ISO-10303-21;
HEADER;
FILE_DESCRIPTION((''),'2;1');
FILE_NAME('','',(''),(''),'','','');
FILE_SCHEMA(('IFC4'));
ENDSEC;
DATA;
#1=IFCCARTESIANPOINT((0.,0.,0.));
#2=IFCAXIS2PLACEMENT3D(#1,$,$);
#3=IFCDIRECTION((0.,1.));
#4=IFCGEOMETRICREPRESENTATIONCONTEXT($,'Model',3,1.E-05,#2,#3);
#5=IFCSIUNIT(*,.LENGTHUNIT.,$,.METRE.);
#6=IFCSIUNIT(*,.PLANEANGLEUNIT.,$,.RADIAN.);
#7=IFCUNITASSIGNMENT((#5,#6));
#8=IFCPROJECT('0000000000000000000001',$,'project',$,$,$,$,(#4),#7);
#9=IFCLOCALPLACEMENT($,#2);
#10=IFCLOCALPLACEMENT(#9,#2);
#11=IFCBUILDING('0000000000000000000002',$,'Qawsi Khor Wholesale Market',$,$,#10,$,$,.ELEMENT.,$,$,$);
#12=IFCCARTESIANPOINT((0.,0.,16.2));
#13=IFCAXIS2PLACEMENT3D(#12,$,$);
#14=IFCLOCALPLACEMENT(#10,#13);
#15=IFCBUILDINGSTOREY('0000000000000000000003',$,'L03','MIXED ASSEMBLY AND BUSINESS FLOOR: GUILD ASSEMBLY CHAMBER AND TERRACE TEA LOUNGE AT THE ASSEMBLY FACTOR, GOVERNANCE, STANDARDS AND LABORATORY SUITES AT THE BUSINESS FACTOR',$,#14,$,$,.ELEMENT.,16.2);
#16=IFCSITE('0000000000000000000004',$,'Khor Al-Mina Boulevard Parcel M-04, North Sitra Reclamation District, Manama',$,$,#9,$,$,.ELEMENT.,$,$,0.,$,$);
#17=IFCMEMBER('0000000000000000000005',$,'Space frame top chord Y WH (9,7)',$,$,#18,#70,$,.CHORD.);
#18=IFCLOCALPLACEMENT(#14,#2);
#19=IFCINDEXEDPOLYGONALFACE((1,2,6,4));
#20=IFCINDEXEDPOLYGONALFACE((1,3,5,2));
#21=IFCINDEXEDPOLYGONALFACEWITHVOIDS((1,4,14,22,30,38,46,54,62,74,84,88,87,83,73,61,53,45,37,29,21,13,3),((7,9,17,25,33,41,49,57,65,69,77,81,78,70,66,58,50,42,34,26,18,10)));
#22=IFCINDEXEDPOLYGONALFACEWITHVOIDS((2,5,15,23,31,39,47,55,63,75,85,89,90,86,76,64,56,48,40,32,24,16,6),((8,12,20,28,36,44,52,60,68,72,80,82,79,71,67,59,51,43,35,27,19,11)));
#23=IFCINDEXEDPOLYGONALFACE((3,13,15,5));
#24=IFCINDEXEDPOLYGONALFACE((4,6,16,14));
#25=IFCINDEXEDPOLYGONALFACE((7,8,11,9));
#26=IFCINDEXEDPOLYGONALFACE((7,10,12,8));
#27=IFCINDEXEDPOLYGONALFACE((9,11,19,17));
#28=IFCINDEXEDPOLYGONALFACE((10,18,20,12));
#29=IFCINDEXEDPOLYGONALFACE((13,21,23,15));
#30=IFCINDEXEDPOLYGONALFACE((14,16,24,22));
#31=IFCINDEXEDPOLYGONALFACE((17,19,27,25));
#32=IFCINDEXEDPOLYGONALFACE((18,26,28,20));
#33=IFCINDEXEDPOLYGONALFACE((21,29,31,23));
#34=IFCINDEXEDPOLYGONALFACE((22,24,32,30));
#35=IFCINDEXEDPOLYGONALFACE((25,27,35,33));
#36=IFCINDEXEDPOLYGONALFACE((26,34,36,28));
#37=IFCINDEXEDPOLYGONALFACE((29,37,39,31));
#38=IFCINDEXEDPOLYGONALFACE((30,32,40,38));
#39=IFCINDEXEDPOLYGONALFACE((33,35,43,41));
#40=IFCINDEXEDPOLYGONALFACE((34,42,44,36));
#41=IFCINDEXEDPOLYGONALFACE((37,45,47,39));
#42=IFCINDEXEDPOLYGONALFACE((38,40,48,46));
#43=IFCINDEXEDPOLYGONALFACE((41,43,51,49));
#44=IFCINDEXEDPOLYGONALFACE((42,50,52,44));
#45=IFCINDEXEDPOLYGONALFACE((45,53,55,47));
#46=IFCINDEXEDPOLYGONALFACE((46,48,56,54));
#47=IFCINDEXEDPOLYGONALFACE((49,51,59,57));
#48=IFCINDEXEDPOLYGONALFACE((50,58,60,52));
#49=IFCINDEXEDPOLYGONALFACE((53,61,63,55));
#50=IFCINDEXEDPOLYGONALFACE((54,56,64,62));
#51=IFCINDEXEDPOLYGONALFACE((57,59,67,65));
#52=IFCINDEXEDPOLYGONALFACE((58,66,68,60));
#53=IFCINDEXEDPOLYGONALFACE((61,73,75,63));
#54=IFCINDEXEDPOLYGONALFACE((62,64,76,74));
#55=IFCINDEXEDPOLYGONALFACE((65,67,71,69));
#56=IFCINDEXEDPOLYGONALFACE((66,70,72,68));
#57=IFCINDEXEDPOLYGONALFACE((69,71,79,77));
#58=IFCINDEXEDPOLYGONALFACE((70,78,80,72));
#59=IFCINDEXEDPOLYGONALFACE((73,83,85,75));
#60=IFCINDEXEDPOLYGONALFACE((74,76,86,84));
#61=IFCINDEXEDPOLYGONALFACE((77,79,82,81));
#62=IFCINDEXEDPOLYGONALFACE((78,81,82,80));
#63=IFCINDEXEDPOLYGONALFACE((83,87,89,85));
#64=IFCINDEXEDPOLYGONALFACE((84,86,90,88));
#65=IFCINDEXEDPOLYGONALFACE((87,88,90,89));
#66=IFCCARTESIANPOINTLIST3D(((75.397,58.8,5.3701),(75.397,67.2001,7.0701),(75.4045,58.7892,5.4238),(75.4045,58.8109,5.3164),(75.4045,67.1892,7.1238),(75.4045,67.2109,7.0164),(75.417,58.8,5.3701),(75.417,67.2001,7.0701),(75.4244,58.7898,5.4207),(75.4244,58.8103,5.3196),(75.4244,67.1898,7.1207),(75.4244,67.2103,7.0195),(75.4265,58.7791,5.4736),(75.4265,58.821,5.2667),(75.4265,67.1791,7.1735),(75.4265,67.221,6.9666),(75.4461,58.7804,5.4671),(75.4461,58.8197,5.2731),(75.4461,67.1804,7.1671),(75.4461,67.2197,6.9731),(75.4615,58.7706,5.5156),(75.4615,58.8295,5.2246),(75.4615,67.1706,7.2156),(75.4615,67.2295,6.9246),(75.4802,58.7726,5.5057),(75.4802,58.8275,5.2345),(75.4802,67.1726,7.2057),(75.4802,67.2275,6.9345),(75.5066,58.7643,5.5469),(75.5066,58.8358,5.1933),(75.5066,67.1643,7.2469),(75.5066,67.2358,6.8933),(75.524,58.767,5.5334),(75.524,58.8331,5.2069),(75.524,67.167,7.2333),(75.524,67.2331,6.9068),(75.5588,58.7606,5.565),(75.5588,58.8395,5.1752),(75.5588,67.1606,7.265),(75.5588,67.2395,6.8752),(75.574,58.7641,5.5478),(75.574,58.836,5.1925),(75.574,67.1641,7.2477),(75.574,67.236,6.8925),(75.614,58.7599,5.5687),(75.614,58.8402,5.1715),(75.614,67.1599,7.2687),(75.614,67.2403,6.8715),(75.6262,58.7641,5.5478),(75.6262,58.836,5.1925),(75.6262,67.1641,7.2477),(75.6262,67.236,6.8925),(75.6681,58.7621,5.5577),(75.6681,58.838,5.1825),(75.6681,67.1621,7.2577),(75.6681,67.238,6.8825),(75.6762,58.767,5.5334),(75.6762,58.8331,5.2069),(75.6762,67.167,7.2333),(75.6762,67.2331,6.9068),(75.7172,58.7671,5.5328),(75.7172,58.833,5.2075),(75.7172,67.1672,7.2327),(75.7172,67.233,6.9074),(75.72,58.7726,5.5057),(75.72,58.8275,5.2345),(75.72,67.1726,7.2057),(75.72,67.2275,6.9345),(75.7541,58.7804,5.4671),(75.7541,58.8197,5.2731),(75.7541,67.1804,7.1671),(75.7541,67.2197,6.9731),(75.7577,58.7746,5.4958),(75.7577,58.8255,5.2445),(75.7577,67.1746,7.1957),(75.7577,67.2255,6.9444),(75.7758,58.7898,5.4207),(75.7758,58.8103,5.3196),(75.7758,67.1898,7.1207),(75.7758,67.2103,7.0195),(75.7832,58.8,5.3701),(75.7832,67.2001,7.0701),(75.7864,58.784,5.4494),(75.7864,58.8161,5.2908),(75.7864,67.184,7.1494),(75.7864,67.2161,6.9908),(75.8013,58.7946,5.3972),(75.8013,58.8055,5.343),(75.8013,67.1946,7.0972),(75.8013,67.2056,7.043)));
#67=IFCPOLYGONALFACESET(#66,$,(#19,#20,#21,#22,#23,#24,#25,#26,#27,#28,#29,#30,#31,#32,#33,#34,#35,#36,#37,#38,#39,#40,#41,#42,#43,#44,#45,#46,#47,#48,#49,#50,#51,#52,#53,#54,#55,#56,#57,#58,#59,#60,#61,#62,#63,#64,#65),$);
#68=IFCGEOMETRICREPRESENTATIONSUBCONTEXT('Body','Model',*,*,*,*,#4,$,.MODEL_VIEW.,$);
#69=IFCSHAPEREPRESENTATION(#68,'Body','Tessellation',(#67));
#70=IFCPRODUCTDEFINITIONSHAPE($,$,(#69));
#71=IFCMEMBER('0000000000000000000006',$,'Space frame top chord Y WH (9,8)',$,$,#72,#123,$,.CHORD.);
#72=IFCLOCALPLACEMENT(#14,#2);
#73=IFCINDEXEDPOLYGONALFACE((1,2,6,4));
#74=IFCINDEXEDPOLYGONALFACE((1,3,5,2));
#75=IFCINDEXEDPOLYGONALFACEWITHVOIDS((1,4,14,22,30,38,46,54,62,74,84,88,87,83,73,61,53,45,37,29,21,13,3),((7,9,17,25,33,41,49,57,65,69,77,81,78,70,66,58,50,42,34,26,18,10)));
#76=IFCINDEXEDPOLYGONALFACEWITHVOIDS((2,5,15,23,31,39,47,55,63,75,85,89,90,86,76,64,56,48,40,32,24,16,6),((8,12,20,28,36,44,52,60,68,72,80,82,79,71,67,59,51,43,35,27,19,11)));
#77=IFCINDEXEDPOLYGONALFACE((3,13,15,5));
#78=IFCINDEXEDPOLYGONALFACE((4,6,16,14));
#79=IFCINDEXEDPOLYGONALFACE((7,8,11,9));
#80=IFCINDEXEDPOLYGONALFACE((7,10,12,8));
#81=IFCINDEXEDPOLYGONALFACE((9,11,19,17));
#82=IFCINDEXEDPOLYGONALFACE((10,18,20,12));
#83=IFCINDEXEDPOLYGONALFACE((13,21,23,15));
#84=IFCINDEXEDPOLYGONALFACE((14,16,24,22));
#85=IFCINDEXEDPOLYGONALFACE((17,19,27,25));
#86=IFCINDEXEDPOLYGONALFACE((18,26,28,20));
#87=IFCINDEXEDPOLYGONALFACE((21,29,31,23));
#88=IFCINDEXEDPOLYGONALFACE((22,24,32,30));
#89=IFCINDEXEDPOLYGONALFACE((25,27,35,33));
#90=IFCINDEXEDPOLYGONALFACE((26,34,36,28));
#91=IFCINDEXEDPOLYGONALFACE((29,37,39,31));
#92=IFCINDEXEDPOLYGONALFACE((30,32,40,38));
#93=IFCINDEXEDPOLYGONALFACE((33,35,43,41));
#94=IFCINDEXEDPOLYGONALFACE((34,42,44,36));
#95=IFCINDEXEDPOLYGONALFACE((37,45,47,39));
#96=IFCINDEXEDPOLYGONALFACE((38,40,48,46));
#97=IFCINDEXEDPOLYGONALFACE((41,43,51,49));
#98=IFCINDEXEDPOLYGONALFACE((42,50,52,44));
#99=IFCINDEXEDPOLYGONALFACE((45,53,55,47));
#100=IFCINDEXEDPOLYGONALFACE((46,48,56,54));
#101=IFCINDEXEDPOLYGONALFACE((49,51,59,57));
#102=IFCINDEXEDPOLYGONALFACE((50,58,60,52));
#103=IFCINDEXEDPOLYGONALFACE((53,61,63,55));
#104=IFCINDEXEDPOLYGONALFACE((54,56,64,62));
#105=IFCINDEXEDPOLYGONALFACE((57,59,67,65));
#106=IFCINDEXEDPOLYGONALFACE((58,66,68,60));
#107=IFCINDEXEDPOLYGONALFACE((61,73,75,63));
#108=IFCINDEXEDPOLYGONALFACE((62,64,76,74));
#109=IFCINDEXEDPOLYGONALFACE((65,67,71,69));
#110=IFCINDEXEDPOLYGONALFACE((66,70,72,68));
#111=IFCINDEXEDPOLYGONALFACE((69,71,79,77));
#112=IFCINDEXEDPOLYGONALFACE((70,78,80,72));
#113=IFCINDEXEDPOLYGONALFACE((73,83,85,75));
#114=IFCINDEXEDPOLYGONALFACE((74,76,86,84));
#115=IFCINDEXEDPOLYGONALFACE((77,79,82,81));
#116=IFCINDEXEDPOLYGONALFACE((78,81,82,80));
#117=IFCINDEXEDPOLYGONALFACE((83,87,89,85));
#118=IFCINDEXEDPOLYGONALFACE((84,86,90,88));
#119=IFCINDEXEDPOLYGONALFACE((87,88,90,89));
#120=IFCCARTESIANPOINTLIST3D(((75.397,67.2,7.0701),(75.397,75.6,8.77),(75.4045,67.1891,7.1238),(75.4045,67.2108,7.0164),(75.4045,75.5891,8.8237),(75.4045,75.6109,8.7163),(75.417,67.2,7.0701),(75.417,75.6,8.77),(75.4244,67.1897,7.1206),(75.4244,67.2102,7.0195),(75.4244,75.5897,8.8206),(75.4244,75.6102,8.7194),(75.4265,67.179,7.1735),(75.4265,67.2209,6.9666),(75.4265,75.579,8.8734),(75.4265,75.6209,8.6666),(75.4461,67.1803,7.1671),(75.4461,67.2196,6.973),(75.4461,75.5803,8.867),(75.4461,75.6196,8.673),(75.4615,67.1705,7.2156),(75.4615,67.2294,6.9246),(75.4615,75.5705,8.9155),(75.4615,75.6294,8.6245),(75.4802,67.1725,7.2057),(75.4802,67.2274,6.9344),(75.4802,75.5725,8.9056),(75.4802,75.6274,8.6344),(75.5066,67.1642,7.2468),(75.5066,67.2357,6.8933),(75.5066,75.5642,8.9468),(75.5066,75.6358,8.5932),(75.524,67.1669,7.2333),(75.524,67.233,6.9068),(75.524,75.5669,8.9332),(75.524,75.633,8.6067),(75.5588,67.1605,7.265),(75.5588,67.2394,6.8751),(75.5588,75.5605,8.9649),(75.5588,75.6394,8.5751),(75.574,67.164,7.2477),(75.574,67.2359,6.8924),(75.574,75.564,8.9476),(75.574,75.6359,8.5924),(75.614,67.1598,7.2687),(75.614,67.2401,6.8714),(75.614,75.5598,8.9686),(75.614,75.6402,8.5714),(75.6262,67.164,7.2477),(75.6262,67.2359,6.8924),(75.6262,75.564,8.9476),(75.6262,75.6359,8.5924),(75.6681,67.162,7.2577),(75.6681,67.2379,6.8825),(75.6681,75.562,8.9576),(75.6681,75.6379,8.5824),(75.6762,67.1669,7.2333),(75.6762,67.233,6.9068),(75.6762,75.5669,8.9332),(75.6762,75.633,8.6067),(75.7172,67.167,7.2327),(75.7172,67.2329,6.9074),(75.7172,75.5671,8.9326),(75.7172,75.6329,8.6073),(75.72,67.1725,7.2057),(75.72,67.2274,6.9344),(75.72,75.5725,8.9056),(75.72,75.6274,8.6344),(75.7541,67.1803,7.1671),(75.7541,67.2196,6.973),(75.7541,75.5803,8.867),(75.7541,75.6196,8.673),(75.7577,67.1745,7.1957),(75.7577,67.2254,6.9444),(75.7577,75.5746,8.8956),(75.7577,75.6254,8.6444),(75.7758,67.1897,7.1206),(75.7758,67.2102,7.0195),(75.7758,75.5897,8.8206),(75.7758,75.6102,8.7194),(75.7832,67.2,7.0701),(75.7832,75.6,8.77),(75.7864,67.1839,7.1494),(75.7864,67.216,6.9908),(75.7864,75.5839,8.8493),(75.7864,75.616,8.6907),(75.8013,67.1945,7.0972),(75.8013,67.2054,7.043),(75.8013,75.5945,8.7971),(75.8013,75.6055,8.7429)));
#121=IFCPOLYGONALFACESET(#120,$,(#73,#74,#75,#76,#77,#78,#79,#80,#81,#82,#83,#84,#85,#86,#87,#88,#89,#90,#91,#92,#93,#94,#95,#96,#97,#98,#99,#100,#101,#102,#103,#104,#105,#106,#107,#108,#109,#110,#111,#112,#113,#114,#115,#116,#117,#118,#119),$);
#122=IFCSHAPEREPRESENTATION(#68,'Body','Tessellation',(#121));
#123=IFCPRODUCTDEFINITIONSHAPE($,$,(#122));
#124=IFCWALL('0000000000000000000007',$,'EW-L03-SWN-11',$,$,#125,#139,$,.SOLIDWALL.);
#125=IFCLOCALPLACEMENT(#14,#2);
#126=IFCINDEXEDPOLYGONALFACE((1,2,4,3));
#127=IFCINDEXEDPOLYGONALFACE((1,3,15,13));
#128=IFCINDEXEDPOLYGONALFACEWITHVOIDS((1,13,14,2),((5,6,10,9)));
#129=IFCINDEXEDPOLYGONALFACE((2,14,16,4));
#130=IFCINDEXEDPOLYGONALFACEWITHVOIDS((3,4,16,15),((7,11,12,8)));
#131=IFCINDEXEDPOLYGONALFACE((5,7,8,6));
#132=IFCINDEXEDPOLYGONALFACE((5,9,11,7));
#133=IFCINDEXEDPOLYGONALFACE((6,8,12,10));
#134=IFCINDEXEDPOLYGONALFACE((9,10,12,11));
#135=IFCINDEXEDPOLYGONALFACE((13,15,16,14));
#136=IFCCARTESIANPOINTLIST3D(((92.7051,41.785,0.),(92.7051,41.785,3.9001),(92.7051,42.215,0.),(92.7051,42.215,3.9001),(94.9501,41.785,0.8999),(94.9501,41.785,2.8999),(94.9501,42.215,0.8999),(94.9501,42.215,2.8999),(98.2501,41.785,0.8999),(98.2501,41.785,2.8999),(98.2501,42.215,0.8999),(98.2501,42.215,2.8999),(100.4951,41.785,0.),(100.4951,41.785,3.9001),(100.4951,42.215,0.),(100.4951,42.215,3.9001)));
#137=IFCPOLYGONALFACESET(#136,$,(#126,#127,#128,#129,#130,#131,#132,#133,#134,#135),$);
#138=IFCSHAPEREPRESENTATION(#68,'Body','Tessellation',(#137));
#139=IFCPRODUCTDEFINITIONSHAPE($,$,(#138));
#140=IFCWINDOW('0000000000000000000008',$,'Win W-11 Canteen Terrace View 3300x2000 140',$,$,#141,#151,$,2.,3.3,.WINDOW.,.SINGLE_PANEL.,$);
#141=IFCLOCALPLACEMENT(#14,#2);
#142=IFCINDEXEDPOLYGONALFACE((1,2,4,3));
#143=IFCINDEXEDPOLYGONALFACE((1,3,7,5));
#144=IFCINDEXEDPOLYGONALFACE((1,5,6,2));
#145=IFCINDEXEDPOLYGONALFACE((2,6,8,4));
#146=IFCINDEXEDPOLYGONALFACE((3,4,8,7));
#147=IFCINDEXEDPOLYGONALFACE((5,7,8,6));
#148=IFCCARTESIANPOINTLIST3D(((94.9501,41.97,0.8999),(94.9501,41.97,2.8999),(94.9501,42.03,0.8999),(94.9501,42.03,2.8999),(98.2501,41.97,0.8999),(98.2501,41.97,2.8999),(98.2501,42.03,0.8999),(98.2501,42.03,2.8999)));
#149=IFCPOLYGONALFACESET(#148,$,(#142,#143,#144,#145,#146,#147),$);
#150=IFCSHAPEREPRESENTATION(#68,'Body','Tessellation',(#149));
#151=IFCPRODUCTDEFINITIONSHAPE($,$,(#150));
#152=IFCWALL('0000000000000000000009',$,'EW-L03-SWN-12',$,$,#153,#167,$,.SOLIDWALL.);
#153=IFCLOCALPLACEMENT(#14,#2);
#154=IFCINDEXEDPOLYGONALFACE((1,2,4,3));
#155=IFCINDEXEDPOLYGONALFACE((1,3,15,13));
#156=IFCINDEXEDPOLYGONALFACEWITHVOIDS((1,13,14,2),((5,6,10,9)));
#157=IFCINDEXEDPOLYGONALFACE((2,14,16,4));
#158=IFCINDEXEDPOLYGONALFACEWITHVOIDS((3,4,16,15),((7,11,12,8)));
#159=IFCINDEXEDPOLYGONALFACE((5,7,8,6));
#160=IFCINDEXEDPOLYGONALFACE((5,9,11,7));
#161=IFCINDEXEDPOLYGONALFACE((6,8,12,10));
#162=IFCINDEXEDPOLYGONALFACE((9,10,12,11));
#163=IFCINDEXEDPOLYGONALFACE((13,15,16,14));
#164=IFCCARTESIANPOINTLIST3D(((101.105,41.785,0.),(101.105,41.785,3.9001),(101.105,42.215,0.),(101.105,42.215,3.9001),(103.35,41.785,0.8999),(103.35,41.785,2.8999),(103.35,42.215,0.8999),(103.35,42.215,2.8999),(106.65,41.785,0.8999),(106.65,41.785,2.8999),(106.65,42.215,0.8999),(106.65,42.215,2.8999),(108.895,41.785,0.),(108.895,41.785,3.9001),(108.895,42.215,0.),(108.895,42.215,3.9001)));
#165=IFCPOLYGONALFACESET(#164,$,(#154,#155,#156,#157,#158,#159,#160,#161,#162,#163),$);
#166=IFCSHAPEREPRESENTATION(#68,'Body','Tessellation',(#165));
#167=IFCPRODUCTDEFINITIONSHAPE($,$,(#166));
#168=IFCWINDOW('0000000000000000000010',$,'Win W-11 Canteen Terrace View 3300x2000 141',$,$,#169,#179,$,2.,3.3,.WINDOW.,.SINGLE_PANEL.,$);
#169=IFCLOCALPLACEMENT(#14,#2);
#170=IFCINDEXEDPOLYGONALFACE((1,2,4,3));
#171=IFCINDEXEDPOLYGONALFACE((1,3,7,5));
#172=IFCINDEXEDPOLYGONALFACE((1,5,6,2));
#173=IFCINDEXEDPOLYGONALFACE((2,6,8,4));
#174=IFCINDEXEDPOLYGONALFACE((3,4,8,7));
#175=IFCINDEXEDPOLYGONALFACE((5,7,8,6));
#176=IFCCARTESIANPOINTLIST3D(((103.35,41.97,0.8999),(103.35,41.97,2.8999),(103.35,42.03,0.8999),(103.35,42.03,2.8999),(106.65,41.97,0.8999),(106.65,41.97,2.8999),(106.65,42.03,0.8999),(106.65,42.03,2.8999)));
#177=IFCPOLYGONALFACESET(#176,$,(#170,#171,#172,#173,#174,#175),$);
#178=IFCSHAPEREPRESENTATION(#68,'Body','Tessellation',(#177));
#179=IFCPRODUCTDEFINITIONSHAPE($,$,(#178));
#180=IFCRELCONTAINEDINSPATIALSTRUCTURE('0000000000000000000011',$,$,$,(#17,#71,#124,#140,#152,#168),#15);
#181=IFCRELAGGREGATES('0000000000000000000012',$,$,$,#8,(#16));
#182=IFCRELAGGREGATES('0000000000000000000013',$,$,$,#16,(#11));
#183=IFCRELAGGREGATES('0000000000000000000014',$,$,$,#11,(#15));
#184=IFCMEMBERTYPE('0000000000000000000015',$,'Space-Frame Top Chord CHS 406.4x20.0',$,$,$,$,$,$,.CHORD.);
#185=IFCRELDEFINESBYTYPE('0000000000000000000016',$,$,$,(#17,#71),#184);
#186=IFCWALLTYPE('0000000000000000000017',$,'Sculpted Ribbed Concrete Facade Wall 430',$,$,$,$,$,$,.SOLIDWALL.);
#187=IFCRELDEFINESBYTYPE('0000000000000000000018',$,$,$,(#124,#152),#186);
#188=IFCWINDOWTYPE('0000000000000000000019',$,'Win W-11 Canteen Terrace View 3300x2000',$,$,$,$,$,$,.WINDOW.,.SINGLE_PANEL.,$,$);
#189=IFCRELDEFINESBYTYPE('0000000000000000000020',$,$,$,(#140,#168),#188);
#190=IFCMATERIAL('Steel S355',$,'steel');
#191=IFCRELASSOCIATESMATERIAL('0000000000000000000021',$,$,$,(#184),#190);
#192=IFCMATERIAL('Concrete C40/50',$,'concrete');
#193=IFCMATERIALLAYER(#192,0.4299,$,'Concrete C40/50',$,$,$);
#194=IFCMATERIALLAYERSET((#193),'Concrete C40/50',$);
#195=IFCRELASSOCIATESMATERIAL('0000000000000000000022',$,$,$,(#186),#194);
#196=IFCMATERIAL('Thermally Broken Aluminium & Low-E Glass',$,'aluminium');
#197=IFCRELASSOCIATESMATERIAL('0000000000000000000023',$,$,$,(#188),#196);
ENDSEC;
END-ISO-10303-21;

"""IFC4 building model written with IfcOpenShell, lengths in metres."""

from ifc_helpers import new_model, si_unit, direction, frame, frame_2d, origin, origin_2d, place, context, subcontext, project, spatial, rectangle, hollow_circle, extrude, material, layer, layer_set, material_profile, profile_set, type_object, element, fill, save


model = new_model("IFC4")

# Units and contexts
model_context = context("Model", 3, precision=1e-05, world=origin(), true_north=direction((0.0, 1.0)))
body_context = subcontext(model_context, "Body", "Model", "MODEL_VIEW")
ifc_project = project(units=[si_unit("LENGTHUNIT", "METRE"), si_unit("PLANEANGLEUNIT", "RADIAN")], contexts=[model_context])

# Site, building, storey
site_placement = place(None, origin())
site = spatial("IfcSite", under=ifc_project, at=site_placement, Name="Khor Al-Mina Boulevard Parcel M-04, North Sitra Reclamation District, Manama", CompositionType="ELEMENT", RefElevation=0.0)
building_placement = place(site_placement, origin())
building = spatial("IfcBuilding", under=site, at=building_placement, Name="Qawsi Khor Wholesale Market", CompositionType="ELEMENT")
storey_placement = place(building_placement, frame((0.0, 0.0, 16.2)))
storey = spatial("IfcBuildingStorey", under=building, at=storey_placement, Name="L03", Description="MIXED ASSEMBLY AND BUSINESS FLOOR: GUILD ASSEMBLY CHAMBER AND TERRACE TEA LOUNGE AT THE ASSEMBLY FACTOR, GOVERNANCE, STANDARDS AND LABORATORY SUITES AT THE BUSINESS FACTOR", CompositionType="ELEMENT", Elevation=16.2)

# Shared definitions
ifc_material_1 = material(Name="Concrete C40/50", Category="concrete")

# Shared definitions
ifc_material_2 = material(Name="Steel S355", Category="steel")

# Members
ifc_material_profile_1 = material_profile(ifc_material_2, hollow_circle(Radius=0.2031, WallThickness=0.02, at=origin_2d()), Name="CHS 406.4x20.0")
ifc_profile_set_1 = profile_set([ifc_material_profile_1], Name="Steel S355")
member_type_1 = type_object("IfcMemberType", Name="Space-Frame Top Chord CHS 406.4x20.0", PredefinedType="CHORD", material=ifc_profile_set_1)
for number, where, z_axis, x_axis, name in (
    (1, (75.6001, 58.8, 5.3701), (0.0, 0.98013, 0.198356), (-1.0, 0.0, 0.0), "Space frame top chord Y WH (9,7)"),
    (2, (75.6001, 67.2, 7.0701), (0.0, 0.980131, 0.198351), (-1.0, 0.0, 0.0), "Space frame top chord Y WH (9,8)"),
):
    element("IfcMember", number, at=place(storey_placement, frame(where, z_axis=z_axis, x_axis=x_axis)), inside=storey, type_object=member_type_1, Name=name, PredefinedType="CHORD", context=body_context, shape_type="SweptSolid", body=[
        extrude(hollow_circle(Radius=0.2031, WallThickness=0.02, at=origin_2d()), origin(), (0.0, 0.0, 1.0), 8.5703),
    ])

# Walls, openings, windows
ifc_layer = layer(ifc_material_1, 0.4299, Name="Concrete C40/50")
ifc_layer_set = layer_set([ifc_layer], Name="Concrete C40/50")
wall_type = type_object("IfcWallType", Name="Sculpted Ribbed Concrete Facade Wall 430", PredefinedType="SOLIDWALL", material=ifc_layer_set)
wall_1_placement = place(storey_placement, frame((92.7051, 42.0, 0.0), z_axis=(0.0, 0.0, 1.0), x_axis=(1.0, 0.0, 0.0)))
wall_1 = element("IfcWall", 3, at=wall_1_placement, inside=storey, type_object=wall_type, Name="EW-L03-SWN-11", PredefinedType="SOLIDWALL", context=body_context, shape_type="SweptSolid", body=[
    extrude(rectangle(XDim=7.79, YDim=0.4299, at=frame_2d((3.895, 0.0))), origin(), (0.0, 0.0, 1.0), 3.9001),
])
opening_1_placement = place(wall_1_placement, frame((2.2451, 0.0, 0.8999)))
opening_1 = element("IfcOpeningElement", 4, at=opening_1_placement, cuts=wall_1, PredefinedType="OPENING", context=body_context, shape_type="SweptSolid", body=[
    extrude(rectangle(XDim=3.3, YDim=2.0, at=frame_2d((1.6499, 1.0))), frame((0.0, 0.2249, 0.0), z_axis=(0.0, -1.0, 0.0), x_axis=(1.0, 0.0, 0.0)), (0.0, 0.0, 1.0), 0.45),
])
ifc_material_3 = material(Name="Thermally Broken Aluminium & Low-E Glass", Category="aluminium")
window_type = type_object("IfcWindowType", Name="Win W-11 Canteen Terrace View 3300x2000", PartitioningType="SINGLE_PANEL", PredefinedType="WINDOW", material=ifc_material_3)
window_1_placement = place(opening_1_placement, origin())
window_1 = element("IfcWindow", 5, at=window_1_placement, inside=storey, type_object=window_type, Name="Win W-11 Canteen Terrace View 3300x2000 140", OverallHeight=2.0, OverallWidth=3.3, PartitioningType="SINGLE_PANEL", PredefinedType="WINDOW", context=body_context, shape_type="SweptSolid", body=[
    extrude(rectangle(XDim=3.3, YDim=2.0, at=frame_2d((1.6499, 1.0))), frame((0.0, 0.03, 0.0), z_axis=(0.0, -1.0, 0.0), x_axis=(1.0, 0.0, 0.0)), (0.0, 0.0, 1.0), 0.0601),
])
fill(opening_1, window_1)
wall_2_placement = place(storey_placement, frame((101.105, 42.0, 0.0), z_axis=(0.0, 0.0, 1.0), x_axis=(1.0, 0.0, 0.0)))
wall_2 = element("IfcWall", 6, at=wall_2_placement, inside=storey, type_object=wall_type, Name="EW-L03-SWN-12", PredefinedType="SOLIDWALL", context=body_context, shape_type="SweptSolid", body=[
    extrude(rectangle(XDim=7.79, YDim=0.4299, at=frame_2d((3.895, 0.0))), origin(), (0.0, 0.0, 1.0), 3.9001),
])
opening_2_placement = place(wall_2_placement, frame((2.2451, 0.0, 0.8999)))
opening_2 = element("IfcOpeningElement", 7, at=opening_2_placement, cuts=wall_2, PredefinedType="OPENING", context=body_context, shape_type="SweptSolid", body=[
    extrude(rectangle(XDim=3.3, YDim=2.0, at=frame_2d((1.6499, 1.0))), frame((0.0, 0.2249, 0.0), z_axis=(0.0, -1.0, 0.0), x_axis=(1.0, 0.0, 0.0)), (0.0, 0.0, 1.0), 0.45),
])
window_2_placement = place(opening_2_placement, origin())
window_2 = element("IfcWindow", 8, at=window_2_placement, inside=storey, type_object=window_type, Name="Win W-11 Canteen Terrace View 3300x2000 141", OverallHeight=2.0, OverallWidth=3.3, PartitioningType="SINGLE_PANEL", PredefinedType="WINDOW", context=body_context, shape_type="SweptSolid", body=[
    extrude(rectangle(XDim=3.3, YDim=2.0, at=frame_2d((1.6499, 1.0))), frame((0.0, 0.03, 0.0), z_axis=(0.0, -1.0, 0.0), x_axis=(1.0, 0.0, 0.0)), (0.0, 0.0, 1.0), 0.0601),
])
fill(opening_2, window_2)

save(model, "model.ifc")
